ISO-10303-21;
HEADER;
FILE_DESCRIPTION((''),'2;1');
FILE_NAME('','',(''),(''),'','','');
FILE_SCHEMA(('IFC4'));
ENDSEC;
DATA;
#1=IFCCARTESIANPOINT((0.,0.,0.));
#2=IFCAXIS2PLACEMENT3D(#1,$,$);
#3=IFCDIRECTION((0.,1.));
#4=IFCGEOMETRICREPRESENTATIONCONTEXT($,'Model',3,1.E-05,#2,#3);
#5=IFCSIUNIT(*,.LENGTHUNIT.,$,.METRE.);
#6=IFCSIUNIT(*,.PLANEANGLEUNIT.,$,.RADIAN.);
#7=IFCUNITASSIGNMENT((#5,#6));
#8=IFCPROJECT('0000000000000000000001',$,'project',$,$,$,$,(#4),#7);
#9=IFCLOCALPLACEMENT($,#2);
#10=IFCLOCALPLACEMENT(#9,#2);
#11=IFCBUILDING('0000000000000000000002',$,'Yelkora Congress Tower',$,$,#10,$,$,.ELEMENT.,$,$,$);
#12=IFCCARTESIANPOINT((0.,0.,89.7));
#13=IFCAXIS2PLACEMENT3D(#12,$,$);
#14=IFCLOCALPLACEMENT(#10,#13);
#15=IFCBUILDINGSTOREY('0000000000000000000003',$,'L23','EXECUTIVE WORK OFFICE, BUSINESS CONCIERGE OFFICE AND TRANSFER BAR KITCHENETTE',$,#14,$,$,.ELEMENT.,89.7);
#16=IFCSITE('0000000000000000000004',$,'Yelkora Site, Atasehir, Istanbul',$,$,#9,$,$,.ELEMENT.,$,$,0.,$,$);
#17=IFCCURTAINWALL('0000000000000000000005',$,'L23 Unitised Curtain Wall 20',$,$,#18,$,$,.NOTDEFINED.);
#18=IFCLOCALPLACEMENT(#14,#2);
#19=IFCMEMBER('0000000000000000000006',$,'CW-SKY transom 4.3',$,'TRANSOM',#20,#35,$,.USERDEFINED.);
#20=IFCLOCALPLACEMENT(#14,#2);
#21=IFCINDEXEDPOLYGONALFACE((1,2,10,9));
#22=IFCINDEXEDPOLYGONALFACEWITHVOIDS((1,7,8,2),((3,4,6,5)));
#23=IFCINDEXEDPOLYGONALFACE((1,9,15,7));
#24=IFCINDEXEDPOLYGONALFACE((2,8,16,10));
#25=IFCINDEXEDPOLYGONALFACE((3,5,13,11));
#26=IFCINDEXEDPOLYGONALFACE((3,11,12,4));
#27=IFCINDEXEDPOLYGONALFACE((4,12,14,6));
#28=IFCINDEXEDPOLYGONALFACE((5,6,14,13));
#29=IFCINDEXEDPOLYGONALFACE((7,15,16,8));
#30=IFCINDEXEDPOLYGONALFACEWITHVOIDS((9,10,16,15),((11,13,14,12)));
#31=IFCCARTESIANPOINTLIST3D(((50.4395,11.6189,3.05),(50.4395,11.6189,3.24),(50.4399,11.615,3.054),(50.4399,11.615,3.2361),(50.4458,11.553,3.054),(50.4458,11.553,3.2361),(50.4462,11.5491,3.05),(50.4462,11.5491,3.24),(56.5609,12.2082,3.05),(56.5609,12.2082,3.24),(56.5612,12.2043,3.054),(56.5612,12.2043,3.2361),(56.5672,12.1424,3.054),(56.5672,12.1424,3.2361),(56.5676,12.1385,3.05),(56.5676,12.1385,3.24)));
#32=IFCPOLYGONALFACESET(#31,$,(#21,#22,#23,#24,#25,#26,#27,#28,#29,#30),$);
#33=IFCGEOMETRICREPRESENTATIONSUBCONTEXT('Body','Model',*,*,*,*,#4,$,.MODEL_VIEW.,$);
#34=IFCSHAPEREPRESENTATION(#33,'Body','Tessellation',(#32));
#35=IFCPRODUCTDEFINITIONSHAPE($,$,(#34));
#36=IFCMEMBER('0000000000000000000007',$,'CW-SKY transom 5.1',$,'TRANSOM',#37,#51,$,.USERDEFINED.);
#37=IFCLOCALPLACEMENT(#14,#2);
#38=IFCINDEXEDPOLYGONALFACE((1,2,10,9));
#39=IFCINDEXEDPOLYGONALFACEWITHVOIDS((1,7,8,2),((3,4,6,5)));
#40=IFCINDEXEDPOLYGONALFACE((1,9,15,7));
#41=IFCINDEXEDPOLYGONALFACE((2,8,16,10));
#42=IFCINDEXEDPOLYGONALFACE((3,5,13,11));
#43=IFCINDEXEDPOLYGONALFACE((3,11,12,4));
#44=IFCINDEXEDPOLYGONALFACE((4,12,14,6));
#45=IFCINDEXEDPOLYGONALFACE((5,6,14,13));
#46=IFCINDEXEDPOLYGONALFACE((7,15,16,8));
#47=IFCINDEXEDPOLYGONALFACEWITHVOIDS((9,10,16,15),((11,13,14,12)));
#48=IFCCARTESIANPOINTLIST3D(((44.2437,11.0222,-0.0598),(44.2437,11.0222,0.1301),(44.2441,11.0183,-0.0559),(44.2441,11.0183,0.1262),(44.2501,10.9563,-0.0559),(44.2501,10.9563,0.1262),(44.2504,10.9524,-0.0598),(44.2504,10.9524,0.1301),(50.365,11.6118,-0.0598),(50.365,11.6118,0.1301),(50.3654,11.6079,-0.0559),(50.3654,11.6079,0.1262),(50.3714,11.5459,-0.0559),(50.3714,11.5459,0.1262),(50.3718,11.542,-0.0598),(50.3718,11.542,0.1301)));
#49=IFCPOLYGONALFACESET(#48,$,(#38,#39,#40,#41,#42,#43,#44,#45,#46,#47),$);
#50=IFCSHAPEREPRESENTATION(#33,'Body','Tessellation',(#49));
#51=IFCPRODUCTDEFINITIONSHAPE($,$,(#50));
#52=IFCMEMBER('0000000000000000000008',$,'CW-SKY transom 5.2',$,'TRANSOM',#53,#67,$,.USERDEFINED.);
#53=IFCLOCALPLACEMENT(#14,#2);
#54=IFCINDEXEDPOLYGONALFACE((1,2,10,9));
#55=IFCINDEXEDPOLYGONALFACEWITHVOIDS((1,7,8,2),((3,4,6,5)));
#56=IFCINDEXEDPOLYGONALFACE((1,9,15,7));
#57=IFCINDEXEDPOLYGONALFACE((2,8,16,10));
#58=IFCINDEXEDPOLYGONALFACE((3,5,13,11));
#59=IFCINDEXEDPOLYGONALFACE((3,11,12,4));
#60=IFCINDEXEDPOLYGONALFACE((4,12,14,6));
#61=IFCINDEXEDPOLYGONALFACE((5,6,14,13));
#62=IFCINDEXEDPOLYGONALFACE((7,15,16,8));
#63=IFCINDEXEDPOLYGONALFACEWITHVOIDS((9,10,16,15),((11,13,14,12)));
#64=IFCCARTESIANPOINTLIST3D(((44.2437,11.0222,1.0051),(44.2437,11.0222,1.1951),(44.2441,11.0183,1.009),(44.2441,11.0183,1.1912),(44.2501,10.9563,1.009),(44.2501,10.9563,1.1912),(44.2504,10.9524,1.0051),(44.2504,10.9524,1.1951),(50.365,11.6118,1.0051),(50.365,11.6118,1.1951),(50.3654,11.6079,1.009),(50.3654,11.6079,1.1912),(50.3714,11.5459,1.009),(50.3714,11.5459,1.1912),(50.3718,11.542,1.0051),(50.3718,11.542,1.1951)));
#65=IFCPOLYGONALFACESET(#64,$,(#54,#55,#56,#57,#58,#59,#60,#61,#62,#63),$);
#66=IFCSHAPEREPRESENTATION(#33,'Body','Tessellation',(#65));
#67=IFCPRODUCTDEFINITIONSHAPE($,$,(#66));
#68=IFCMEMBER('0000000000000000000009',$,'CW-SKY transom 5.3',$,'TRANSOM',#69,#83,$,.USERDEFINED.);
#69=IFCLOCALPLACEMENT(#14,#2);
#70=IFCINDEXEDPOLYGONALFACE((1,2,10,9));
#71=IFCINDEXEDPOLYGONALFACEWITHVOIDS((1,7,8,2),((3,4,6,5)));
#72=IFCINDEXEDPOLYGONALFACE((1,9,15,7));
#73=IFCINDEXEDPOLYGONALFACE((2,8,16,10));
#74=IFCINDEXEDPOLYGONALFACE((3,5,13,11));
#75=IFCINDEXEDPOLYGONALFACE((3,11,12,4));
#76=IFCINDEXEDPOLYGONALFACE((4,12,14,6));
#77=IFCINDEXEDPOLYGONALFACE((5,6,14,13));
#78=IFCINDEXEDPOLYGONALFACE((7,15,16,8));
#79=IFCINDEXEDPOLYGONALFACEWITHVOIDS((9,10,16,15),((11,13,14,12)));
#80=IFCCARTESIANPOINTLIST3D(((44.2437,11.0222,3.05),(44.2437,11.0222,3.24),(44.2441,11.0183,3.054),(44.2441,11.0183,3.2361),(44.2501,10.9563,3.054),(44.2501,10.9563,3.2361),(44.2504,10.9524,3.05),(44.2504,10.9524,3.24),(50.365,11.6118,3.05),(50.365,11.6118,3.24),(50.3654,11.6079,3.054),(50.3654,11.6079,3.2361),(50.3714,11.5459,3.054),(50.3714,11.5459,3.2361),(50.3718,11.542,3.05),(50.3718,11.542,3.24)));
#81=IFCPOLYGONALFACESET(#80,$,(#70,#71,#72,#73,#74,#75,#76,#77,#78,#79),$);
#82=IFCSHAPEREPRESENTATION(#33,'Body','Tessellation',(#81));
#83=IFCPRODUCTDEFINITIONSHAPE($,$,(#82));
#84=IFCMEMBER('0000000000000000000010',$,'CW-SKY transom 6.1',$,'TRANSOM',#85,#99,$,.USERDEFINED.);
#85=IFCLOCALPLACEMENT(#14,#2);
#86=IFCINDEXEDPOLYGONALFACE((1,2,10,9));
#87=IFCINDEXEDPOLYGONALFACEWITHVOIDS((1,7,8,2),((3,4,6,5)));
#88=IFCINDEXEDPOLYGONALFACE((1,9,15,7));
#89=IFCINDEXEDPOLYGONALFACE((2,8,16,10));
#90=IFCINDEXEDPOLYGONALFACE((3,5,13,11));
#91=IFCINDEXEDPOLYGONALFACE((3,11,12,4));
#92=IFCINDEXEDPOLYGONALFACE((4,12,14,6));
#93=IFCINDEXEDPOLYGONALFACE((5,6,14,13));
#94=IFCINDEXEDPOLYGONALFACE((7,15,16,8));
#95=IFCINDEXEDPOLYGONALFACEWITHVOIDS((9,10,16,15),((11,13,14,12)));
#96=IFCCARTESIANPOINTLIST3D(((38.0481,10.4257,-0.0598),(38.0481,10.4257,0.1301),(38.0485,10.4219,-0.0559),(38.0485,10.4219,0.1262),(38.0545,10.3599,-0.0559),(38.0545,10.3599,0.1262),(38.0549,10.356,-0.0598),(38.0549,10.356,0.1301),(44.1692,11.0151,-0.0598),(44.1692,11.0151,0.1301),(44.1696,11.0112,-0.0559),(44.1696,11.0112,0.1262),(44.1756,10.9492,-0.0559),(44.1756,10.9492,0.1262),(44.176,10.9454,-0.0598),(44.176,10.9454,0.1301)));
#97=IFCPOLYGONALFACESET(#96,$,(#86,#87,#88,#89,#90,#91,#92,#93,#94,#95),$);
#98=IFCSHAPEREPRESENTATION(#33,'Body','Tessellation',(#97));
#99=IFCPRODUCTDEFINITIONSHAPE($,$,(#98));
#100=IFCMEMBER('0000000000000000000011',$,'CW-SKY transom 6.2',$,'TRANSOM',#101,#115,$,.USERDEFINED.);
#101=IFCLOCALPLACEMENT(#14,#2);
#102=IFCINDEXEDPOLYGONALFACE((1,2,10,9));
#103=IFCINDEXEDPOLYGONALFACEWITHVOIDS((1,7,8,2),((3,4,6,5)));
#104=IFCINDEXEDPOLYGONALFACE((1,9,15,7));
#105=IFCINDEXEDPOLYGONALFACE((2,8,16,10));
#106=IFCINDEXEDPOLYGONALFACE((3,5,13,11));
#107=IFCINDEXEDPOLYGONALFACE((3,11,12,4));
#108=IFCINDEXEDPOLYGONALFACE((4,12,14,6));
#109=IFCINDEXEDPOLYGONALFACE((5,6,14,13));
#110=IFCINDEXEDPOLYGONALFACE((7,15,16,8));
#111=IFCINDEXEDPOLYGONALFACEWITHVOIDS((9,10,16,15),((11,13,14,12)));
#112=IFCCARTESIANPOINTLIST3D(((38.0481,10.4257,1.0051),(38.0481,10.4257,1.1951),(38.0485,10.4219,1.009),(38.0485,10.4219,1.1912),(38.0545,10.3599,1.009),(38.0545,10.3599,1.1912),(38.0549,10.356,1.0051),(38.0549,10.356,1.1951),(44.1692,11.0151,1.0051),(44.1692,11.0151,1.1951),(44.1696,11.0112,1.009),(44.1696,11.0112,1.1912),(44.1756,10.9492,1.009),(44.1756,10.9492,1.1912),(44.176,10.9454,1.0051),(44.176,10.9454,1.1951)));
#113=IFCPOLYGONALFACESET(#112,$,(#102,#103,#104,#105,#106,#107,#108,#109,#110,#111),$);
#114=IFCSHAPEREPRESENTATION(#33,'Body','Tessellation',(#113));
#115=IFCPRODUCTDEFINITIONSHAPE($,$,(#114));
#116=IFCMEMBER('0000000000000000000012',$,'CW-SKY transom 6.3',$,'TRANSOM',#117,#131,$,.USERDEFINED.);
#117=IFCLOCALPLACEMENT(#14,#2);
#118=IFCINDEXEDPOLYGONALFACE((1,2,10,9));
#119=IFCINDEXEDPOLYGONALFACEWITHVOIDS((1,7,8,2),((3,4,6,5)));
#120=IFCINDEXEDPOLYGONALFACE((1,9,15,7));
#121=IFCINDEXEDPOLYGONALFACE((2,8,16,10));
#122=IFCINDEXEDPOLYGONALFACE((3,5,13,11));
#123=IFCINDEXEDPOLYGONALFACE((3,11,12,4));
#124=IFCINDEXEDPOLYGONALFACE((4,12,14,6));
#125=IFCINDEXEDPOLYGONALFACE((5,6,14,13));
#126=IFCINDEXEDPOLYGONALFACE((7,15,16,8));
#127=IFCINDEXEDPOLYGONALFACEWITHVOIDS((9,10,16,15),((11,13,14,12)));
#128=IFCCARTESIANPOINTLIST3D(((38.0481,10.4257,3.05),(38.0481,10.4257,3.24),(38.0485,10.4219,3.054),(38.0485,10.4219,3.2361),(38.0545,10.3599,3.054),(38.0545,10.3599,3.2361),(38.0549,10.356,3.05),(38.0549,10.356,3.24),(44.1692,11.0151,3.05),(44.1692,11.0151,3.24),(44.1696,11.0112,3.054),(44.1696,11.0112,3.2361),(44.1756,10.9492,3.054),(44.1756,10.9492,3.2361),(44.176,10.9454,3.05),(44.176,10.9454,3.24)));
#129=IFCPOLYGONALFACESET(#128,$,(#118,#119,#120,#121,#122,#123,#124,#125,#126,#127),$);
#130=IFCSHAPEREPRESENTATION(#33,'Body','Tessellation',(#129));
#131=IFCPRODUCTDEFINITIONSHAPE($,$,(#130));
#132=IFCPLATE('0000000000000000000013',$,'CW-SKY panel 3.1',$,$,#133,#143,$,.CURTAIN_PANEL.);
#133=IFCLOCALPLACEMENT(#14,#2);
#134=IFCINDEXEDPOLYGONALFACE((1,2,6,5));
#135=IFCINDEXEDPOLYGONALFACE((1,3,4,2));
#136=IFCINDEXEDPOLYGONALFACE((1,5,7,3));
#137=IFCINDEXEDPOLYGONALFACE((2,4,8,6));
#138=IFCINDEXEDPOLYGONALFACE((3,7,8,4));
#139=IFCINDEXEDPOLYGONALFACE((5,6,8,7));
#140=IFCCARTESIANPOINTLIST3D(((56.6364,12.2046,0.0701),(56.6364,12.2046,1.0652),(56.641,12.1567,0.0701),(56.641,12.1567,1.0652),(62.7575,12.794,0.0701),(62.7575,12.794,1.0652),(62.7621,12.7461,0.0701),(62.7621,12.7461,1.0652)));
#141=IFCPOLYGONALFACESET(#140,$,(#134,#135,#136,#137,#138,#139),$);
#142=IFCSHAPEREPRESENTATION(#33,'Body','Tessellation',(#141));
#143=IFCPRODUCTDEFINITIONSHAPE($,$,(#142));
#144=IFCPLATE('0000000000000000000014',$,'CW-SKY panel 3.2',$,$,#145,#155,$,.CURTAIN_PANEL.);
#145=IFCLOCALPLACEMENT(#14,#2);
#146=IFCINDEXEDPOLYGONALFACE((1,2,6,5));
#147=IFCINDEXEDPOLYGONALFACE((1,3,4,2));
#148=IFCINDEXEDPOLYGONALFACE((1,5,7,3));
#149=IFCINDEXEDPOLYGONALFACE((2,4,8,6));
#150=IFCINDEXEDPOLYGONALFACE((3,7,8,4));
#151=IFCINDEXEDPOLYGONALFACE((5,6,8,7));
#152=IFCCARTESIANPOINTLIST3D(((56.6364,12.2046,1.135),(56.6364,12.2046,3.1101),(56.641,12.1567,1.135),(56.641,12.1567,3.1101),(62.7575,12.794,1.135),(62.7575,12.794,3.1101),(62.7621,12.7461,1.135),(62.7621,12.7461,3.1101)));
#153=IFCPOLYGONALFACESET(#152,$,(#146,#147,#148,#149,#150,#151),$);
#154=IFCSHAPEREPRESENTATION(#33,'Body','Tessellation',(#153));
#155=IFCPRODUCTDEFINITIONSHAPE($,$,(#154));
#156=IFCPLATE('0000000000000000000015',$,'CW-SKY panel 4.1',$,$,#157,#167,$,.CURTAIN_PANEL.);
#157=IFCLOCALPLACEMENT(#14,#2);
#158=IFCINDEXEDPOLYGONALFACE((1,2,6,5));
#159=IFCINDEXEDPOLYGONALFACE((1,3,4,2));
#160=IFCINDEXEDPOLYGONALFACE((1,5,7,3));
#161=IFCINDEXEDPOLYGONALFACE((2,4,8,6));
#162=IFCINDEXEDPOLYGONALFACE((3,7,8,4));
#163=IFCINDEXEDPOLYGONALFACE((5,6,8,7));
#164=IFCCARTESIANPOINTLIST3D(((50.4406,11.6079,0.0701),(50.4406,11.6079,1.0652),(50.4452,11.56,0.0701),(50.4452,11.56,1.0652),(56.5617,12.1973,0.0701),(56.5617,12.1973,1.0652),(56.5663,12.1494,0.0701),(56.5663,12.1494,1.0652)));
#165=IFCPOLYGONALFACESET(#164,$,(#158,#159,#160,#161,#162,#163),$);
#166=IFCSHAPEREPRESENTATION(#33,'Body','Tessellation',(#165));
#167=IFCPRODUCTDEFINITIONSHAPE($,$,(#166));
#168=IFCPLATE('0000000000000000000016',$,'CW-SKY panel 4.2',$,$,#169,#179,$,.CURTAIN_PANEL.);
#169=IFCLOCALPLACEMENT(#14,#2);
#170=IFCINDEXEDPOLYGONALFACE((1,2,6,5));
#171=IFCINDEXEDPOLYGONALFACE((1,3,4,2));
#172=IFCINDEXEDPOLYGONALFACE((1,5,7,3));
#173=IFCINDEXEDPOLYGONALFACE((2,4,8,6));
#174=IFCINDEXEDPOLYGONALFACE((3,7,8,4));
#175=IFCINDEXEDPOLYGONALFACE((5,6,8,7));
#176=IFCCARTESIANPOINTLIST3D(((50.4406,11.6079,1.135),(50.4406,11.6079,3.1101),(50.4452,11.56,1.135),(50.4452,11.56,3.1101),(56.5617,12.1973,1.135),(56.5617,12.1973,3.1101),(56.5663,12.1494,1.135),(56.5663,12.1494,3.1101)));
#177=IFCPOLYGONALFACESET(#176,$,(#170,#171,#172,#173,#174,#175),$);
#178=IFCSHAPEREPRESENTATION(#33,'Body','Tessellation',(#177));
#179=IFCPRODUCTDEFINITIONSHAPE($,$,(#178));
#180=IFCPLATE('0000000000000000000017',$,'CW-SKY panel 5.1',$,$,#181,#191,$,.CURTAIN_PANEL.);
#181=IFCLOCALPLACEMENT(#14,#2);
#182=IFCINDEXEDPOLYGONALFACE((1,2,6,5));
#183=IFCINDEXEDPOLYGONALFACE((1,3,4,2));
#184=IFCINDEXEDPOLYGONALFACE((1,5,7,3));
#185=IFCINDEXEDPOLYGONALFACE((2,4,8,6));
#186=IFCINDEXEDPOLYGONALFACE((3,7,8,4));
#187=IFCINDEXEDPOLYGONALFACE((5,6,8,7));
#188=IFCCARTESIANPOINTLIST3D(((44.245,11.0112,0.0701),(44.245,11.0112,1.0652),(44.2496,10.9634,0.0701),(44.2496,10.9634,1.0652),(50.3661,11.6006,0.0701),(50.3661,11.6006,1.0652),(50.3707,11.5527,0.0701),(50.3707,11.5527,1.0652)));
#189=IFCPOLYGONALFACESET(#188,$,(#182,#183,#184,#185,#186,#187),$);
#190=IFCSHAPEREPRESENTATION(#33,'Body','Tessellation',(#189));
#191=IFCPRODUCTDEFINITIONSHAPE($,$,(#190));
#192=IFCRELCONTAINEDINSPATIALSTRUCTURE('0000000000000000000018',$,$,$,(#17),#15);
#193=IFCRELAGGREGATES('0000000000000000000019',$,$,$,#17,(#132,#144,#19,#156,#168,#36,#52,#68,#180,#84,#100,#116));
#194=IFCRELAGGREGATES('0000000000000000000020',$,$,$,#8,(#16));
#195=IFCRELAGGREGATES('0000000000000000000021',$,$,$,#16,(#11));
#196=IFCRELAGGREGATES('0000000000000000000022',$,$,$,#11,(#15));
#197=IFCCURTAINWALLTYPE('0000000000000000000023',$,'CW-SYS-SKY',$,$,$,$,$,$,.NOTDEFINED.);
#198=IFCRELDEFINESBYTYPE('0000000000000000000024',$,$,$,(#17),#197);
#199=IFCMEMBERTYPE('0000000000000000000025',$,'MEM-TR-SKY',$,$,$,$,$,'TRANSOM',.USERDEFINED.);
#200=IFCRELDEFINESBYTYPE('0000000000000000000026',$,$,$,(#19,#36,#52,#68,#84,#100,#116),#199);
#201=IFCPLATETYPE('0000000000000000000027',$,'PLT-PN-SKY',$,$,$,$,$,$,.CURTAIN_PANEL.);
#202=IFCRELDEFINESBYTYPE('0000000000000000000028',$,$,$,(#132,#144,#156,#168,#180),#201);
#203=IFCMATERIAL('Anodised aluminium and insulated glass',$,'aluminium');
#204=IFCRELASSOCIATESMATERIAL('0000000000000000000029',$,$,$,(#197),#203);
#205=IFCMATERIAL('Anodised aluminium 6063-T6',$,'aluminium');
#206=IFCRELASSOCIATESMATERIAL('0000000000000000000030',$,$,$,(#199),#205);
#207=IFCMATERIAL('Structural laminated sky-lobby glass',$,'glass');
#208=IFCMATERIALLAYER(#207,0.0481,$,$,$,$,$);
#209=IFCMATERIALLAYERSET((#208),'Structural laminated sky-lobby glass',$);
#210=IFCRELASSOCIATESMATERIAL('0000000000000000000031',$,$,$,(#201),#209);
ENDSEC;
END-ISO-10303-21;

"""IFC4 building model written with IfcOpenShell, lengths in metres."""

from ifc_helpers import new_model, si_unit, direction, frame, origin, origin_2d, place, context, subcontext, project, spatial, rectangle, hollow_rectangle, extrude, material, layer, layer_set, material_profile, profile_set, type_object, element, aggregate, save


model = new_model("IFC4")

# Units and contexts
model_context = context("Model", 3, precision=1e-05, world=origin(), true_north=direction((0.0, 1.0)))
body_context = subcontext(model_context, "Body", "Model", "MODEL_VIEW")
ifc_project = project(units=[si_unit("LENGTHUNIT", "METRE"), si_unit("PLANEANGLEUNIT", "RADIAN")], contexts=[model_context])

# Site, building, storey
site_placement = place(None, origin())
site = spatial("IfcSite", under=ifc_project, at=site_placement, Name="Yelkora Site, Atasehir, Istanbul", CompositionType="ELEMENT", RefElevation=0.0)
building_placement = place(site_placement, origin())
building = spatial("IfcBuilding", under=site, at=building_placement, Name="Yelkora Congress Tower", CompositionType="ELEMENT")
storey_placement = place(building_placement, frame((0.0, 0.0, 89.7)))
storey = spatial("IfcBuildingStorey", under=building, at=storey_placement, Name="L23", Description="EXECUTIVE WORK OFFICE, BUSINESS CONCIERGE OFFICE AND TRANSFER BAR KITCHENETTE", CompositionType="ELEMENT", Elevation=89.7)

# Curtain wall, members, plates
ifc_material_1 = material(Name="Anodised aluminium and insulated glass", Category="aluminium")
curtain_wall_type = type_object("IfcCurtainWallType", Name="CW-SYS-SKY", PredefinedType="NOTDEFINED", material=ifc_material_1)
curtain_wall_placement = place(storey_placement, origin())
curtain_wall = element("IfcCurtainWall", 1, at=curtain_wall_placement, inside=storey, type_object=curtain_wall_type, Name="L23 Unitised Curtain Wall 20", PredefinedType="NOTDEFINED")
ifc_material_2 = material(Name="Anodised aluminium 6063-T6", Category="aluminium")
ifc_material_profile_1 = material_profile(ifc_material_2, hollow_rectangle(XDim=0.0701, YDim=0.1899, WallThickness=0.0039, at=origin_2d()), Name="ALU 70x190x4")
ifc_profile_set_1 = profile_set([ifc_material_profile_1], Name="Anodised aluminium 6063-T6")
member_type_1 = type_object("IfcMemberType", Name="MEM-TR-SKY", ElementType="TRANSOM", PredefinedType="USERDEFINED", material=ifc_profile_set_1)
member_1_placement = place(storey_placement, frame((56.5642, 12.1733, 3.145), z_axis=(-0.995397, -0.095836, 0.0), x_axis=(0.095836, -0.995397, 0.0)))
member_1 = element("IfcMember", 2, at=member_1_placement, type_object=member_type_1, Name="CW-SKY transom 4.3", ObjectType="TRANSOM", PredefinedType="USERDEFINED", context=body_context, shape_type="SweptSolid", body=[
    extrude(hollow_rectangle(XDim=0.0701, YDim=0.1899, WallThickness=0.0039, at=origin_2d()), origin(), (0.0, 0.0, 1.0), 6.1497),
])
member_2_placement = place(storey_placement, frame((50.3684, 11.5769, 0.0352), z_axis=(-0.995393, -0.095875, 0.0), x_axis=(0.095875, -0.995393, 0.0)))
member_2 = element("IfcMember", 3, at=member_2_placement, type_object=member_type_1, Name="CW-SKY transom 5.1", ObjectType="TRANSOM", PredefinedType="USERDEFINED", context=body_context, shape_type="SweptSolid", body=[
    extrude(hollow_rectangle(XDim=0.0701, YDim=0.1899, WallThickness=0.0039, at=origin_2d()), origin(), (0.0, 0.0, 1.0), 6.1497),
])
member_3_placement = place(storey_placement, frame((50.3684, 11.5769, 1.1001), z_axis=(-0.995393, -0.095875, 0.0), x_axis=(0.095875, -0.995393, 0.0)))
member_3 = element("IfcMember", 4, at=member_3_placement, type_object=member_type_1, Name="CW-SKY transom 5.2", ObjectType="TRANSOM", PredefinedType="USERDEFINED", context=body_context, shape_type="SweptSolid", body=[
    extrude(hollow_rectangle(XDim=0.0701, YDim=0.1899, WallThickness=0.0039, at=origin_2d()), origin(), (0.0, 0.0, 1.0), 6.1497),
])
member_4_placement = place(storey_placement, frame((50.3684, 11.5769, 3.145), z_axis=(-0.995393, -0.095875, 0.0), x_axis=(0.095875, -0.995393, 0.0)))
member_4 = element("IfcMember", 5, at=member_4_placement, type_object=member_type_1, Name="CW-SKY transom 5.3", ObjectType="TRANSOM", PredefinedType="USERDEFINED", context=body_context, shape_type="SweptSolid", body=[
    extrude(hollow_rectangle(XDim=0.0701, YDim=0.1899, WallThickness=0.0039, at=origin_2d()), origin(), (0.0, 0.0, 1.0), 6.1497),
])
member_5_placement = place(storey_placement, frame((44.1726, 10.9802, 0.0352), z_axis=(-0.995397, -0.095839, 0.0), x_axis=(0.095839, -0.995397, 0.0)))
member_5 = element("IfcMember", 6, at=member_5_placement, type_object=member_type_1, Name="CW-SKY transom 6.1", ObjectType="TRANSOM", PredefinedType="USERDEFINED", context=body_context, shape_type="SweptSolid", body=[
    extrude(hollow_rectangle(XDim=0.0701, YDim=0.1899, WallThickness=0.0039, at=origin_2d()), origin(), (0.0, 0.0, 1.0), 6.1494),
])
member_6_placement = place(storey_placement, frame((44.1726, 10.9802, 1.1001), z_axis=(-0.995397, -0.095839, 0.0), x_axis=(0.095839, -0.995397, 0.0)))
member_6 = element("IfcMember", 7, at=member_6_placement, type_object=member_type_1, Name="CW-SKY transom 6.2", ObjectType="TRANSOM", PredefinedType="USERDEFINED", context=body_context, shape_type="SweptSolid", body=[
    extrude(hollow_rectangle(XDim=0.0701, YDim=0.1899, WallThickness=0.0039, at=origin_2d()), origin(), (0.0, 0.0, 1.0), 6.1494),
])
member_7_placement = place(storey_placement, frame((44.1726, 10.9802, 3.145), z_axis=(-0.995397, -0.095839, 0.0), x_axis=(0.095839, -0.995397, 0.0)))
member_7 = element("IfcMember", 8, at=member_7_placement, type_object=member_type_1, Name="CW-SKY transom 6.3", ObjectType="TRANSOM", PredefinedType="USERDEFINED", context=body_context, shape_type="SweptSolid", body=[
    extrude(hollow_rectangle(XDim=0.0701, YDim=0.1899, WallThickness=0.0039, at=origin_2d()), origin(), (0.0, 0.0, 1.0), 6.1494),
])
ifc_material_3 = material(Name="Structural laminated sky-lobby glass", Category="glass")
ifc_layer_1 = layer(ifc_material_3, 0.0481)
ifc_layer_set_1 = layer_set([ifc_layer_1], Name="Structural laminated sky-lobby glass")
plate_type = type_object("IfcPlateType", Name="PLT-PN-SKY", PredefinedType="CURTAIN_PANEL", material=ifc_layer_set_1)
plate_1_placement = place(storey_placement, frame((59.6992, 12.4753, 0.0701), z_axis=(0.0, 0.0, 1.0), x_axis=(-0.995396, -0.095844, 0.0)))
plate_1 = element("IfcPlate", 9, at=plate_1_placement, type_object=plate_type, Name="CW-SKY panel 3.1", PredefinedType="CURTAIN_PANEL", context=body_context, shape_type="SweptSolid", body=[
    extrude(rectangle(XDim=6.1494, YDim=0.0481, at=origin_2d()), origin(), (0.0, 0.0, 1.0), 0.9951),
])
plate_2_placement = place(storey_placement, frame((59.6992, 12.4753, 1.135), z_axis=(0.0, 0.0, 1.0), x_axis=(-0.995396, -0.095844, 0.0)))
plate_2 = element("IfcPlate", 10, at=plate_2_placement, type_object=plate_type, Name="CW-SKY panel 3.2", PredefinedType="CURTAIN_PANEL", context=body_context, shape_type="SweptSolid", body=[
    extrude(rectangle(XDim=6.1494, YDim=0.0481, at=origin_2d()), origin(), (0.0, 0.0, 1.0), 1.9751),
])
plate_3_placement = place(storey_placement, frame((53.5034, 11.8787, 0.0701), z_axis=(0.0, 0.0, 1.0), x_axis=(-0.995396, -0.095844, 0.0)))
plate_3 = element("IfcPlate", 11, at=plate_3_placement, type_object=plate_type, Name="CW-SKY panel 4.1", PredefinedType="CURTAIN_PANEL", context=body_context, shape_type="SweptSolid", body=[
    extrude(rectangle(XDim=6.1494, YDim=0.0481, at=origin_2d()), origin(), (0.0, 0.0, 1.0), 0.9951),
])
plate_4_placement = place(storey_placement, frame((53.5034, 11.8787, 1.135), z_axis=(0.0, 0.0, 1.0), x_axis=(-0.995396, -0.095844, 0.0)))
plate_4 = element("IfcPlate", 12, at=plate_4_placement, type_object=plate_type, Name="CW-SKY panel 4.2", PredefinedType="CURTAIN_PANEL", context=body_context, shape_type="SweptSolid", body=[
    extrude(rectangle(XDim=6.1494, YDim=0.0481, at=origin_2d()), origin(), (0.0, 0.0, 1.0), 1.9751),
])
plate_5_placement = place(storey_placement, frame((47.3079, 11.282, 0.0701), z_axis=(0.0, 0.0, 1.0), x_axis=(-0.995396, -0.095844, 0.0)))
plate_5 = element("IfcPlate", 13, at=plate_5_placement, type_object=plate_type, Name="CW-SKY panel 5.1", PredefinedType="CURTAIN_PANEL", context=body_context, shape_type="SweptSolid", body=[
    extrude(rectangle(XDim=6.1494, YDim=0.0481, at=origin_2d()), origin(), (0.0, 0.0, 1.0), 0.9951),
])
aggregate(curtain_wall, [plate_1, plate_2, member_1, plate_3, plate_4, member_2, member_3, member_4, plate_5, member_5, member_6, member_7])

save(model, "model.ifc")
